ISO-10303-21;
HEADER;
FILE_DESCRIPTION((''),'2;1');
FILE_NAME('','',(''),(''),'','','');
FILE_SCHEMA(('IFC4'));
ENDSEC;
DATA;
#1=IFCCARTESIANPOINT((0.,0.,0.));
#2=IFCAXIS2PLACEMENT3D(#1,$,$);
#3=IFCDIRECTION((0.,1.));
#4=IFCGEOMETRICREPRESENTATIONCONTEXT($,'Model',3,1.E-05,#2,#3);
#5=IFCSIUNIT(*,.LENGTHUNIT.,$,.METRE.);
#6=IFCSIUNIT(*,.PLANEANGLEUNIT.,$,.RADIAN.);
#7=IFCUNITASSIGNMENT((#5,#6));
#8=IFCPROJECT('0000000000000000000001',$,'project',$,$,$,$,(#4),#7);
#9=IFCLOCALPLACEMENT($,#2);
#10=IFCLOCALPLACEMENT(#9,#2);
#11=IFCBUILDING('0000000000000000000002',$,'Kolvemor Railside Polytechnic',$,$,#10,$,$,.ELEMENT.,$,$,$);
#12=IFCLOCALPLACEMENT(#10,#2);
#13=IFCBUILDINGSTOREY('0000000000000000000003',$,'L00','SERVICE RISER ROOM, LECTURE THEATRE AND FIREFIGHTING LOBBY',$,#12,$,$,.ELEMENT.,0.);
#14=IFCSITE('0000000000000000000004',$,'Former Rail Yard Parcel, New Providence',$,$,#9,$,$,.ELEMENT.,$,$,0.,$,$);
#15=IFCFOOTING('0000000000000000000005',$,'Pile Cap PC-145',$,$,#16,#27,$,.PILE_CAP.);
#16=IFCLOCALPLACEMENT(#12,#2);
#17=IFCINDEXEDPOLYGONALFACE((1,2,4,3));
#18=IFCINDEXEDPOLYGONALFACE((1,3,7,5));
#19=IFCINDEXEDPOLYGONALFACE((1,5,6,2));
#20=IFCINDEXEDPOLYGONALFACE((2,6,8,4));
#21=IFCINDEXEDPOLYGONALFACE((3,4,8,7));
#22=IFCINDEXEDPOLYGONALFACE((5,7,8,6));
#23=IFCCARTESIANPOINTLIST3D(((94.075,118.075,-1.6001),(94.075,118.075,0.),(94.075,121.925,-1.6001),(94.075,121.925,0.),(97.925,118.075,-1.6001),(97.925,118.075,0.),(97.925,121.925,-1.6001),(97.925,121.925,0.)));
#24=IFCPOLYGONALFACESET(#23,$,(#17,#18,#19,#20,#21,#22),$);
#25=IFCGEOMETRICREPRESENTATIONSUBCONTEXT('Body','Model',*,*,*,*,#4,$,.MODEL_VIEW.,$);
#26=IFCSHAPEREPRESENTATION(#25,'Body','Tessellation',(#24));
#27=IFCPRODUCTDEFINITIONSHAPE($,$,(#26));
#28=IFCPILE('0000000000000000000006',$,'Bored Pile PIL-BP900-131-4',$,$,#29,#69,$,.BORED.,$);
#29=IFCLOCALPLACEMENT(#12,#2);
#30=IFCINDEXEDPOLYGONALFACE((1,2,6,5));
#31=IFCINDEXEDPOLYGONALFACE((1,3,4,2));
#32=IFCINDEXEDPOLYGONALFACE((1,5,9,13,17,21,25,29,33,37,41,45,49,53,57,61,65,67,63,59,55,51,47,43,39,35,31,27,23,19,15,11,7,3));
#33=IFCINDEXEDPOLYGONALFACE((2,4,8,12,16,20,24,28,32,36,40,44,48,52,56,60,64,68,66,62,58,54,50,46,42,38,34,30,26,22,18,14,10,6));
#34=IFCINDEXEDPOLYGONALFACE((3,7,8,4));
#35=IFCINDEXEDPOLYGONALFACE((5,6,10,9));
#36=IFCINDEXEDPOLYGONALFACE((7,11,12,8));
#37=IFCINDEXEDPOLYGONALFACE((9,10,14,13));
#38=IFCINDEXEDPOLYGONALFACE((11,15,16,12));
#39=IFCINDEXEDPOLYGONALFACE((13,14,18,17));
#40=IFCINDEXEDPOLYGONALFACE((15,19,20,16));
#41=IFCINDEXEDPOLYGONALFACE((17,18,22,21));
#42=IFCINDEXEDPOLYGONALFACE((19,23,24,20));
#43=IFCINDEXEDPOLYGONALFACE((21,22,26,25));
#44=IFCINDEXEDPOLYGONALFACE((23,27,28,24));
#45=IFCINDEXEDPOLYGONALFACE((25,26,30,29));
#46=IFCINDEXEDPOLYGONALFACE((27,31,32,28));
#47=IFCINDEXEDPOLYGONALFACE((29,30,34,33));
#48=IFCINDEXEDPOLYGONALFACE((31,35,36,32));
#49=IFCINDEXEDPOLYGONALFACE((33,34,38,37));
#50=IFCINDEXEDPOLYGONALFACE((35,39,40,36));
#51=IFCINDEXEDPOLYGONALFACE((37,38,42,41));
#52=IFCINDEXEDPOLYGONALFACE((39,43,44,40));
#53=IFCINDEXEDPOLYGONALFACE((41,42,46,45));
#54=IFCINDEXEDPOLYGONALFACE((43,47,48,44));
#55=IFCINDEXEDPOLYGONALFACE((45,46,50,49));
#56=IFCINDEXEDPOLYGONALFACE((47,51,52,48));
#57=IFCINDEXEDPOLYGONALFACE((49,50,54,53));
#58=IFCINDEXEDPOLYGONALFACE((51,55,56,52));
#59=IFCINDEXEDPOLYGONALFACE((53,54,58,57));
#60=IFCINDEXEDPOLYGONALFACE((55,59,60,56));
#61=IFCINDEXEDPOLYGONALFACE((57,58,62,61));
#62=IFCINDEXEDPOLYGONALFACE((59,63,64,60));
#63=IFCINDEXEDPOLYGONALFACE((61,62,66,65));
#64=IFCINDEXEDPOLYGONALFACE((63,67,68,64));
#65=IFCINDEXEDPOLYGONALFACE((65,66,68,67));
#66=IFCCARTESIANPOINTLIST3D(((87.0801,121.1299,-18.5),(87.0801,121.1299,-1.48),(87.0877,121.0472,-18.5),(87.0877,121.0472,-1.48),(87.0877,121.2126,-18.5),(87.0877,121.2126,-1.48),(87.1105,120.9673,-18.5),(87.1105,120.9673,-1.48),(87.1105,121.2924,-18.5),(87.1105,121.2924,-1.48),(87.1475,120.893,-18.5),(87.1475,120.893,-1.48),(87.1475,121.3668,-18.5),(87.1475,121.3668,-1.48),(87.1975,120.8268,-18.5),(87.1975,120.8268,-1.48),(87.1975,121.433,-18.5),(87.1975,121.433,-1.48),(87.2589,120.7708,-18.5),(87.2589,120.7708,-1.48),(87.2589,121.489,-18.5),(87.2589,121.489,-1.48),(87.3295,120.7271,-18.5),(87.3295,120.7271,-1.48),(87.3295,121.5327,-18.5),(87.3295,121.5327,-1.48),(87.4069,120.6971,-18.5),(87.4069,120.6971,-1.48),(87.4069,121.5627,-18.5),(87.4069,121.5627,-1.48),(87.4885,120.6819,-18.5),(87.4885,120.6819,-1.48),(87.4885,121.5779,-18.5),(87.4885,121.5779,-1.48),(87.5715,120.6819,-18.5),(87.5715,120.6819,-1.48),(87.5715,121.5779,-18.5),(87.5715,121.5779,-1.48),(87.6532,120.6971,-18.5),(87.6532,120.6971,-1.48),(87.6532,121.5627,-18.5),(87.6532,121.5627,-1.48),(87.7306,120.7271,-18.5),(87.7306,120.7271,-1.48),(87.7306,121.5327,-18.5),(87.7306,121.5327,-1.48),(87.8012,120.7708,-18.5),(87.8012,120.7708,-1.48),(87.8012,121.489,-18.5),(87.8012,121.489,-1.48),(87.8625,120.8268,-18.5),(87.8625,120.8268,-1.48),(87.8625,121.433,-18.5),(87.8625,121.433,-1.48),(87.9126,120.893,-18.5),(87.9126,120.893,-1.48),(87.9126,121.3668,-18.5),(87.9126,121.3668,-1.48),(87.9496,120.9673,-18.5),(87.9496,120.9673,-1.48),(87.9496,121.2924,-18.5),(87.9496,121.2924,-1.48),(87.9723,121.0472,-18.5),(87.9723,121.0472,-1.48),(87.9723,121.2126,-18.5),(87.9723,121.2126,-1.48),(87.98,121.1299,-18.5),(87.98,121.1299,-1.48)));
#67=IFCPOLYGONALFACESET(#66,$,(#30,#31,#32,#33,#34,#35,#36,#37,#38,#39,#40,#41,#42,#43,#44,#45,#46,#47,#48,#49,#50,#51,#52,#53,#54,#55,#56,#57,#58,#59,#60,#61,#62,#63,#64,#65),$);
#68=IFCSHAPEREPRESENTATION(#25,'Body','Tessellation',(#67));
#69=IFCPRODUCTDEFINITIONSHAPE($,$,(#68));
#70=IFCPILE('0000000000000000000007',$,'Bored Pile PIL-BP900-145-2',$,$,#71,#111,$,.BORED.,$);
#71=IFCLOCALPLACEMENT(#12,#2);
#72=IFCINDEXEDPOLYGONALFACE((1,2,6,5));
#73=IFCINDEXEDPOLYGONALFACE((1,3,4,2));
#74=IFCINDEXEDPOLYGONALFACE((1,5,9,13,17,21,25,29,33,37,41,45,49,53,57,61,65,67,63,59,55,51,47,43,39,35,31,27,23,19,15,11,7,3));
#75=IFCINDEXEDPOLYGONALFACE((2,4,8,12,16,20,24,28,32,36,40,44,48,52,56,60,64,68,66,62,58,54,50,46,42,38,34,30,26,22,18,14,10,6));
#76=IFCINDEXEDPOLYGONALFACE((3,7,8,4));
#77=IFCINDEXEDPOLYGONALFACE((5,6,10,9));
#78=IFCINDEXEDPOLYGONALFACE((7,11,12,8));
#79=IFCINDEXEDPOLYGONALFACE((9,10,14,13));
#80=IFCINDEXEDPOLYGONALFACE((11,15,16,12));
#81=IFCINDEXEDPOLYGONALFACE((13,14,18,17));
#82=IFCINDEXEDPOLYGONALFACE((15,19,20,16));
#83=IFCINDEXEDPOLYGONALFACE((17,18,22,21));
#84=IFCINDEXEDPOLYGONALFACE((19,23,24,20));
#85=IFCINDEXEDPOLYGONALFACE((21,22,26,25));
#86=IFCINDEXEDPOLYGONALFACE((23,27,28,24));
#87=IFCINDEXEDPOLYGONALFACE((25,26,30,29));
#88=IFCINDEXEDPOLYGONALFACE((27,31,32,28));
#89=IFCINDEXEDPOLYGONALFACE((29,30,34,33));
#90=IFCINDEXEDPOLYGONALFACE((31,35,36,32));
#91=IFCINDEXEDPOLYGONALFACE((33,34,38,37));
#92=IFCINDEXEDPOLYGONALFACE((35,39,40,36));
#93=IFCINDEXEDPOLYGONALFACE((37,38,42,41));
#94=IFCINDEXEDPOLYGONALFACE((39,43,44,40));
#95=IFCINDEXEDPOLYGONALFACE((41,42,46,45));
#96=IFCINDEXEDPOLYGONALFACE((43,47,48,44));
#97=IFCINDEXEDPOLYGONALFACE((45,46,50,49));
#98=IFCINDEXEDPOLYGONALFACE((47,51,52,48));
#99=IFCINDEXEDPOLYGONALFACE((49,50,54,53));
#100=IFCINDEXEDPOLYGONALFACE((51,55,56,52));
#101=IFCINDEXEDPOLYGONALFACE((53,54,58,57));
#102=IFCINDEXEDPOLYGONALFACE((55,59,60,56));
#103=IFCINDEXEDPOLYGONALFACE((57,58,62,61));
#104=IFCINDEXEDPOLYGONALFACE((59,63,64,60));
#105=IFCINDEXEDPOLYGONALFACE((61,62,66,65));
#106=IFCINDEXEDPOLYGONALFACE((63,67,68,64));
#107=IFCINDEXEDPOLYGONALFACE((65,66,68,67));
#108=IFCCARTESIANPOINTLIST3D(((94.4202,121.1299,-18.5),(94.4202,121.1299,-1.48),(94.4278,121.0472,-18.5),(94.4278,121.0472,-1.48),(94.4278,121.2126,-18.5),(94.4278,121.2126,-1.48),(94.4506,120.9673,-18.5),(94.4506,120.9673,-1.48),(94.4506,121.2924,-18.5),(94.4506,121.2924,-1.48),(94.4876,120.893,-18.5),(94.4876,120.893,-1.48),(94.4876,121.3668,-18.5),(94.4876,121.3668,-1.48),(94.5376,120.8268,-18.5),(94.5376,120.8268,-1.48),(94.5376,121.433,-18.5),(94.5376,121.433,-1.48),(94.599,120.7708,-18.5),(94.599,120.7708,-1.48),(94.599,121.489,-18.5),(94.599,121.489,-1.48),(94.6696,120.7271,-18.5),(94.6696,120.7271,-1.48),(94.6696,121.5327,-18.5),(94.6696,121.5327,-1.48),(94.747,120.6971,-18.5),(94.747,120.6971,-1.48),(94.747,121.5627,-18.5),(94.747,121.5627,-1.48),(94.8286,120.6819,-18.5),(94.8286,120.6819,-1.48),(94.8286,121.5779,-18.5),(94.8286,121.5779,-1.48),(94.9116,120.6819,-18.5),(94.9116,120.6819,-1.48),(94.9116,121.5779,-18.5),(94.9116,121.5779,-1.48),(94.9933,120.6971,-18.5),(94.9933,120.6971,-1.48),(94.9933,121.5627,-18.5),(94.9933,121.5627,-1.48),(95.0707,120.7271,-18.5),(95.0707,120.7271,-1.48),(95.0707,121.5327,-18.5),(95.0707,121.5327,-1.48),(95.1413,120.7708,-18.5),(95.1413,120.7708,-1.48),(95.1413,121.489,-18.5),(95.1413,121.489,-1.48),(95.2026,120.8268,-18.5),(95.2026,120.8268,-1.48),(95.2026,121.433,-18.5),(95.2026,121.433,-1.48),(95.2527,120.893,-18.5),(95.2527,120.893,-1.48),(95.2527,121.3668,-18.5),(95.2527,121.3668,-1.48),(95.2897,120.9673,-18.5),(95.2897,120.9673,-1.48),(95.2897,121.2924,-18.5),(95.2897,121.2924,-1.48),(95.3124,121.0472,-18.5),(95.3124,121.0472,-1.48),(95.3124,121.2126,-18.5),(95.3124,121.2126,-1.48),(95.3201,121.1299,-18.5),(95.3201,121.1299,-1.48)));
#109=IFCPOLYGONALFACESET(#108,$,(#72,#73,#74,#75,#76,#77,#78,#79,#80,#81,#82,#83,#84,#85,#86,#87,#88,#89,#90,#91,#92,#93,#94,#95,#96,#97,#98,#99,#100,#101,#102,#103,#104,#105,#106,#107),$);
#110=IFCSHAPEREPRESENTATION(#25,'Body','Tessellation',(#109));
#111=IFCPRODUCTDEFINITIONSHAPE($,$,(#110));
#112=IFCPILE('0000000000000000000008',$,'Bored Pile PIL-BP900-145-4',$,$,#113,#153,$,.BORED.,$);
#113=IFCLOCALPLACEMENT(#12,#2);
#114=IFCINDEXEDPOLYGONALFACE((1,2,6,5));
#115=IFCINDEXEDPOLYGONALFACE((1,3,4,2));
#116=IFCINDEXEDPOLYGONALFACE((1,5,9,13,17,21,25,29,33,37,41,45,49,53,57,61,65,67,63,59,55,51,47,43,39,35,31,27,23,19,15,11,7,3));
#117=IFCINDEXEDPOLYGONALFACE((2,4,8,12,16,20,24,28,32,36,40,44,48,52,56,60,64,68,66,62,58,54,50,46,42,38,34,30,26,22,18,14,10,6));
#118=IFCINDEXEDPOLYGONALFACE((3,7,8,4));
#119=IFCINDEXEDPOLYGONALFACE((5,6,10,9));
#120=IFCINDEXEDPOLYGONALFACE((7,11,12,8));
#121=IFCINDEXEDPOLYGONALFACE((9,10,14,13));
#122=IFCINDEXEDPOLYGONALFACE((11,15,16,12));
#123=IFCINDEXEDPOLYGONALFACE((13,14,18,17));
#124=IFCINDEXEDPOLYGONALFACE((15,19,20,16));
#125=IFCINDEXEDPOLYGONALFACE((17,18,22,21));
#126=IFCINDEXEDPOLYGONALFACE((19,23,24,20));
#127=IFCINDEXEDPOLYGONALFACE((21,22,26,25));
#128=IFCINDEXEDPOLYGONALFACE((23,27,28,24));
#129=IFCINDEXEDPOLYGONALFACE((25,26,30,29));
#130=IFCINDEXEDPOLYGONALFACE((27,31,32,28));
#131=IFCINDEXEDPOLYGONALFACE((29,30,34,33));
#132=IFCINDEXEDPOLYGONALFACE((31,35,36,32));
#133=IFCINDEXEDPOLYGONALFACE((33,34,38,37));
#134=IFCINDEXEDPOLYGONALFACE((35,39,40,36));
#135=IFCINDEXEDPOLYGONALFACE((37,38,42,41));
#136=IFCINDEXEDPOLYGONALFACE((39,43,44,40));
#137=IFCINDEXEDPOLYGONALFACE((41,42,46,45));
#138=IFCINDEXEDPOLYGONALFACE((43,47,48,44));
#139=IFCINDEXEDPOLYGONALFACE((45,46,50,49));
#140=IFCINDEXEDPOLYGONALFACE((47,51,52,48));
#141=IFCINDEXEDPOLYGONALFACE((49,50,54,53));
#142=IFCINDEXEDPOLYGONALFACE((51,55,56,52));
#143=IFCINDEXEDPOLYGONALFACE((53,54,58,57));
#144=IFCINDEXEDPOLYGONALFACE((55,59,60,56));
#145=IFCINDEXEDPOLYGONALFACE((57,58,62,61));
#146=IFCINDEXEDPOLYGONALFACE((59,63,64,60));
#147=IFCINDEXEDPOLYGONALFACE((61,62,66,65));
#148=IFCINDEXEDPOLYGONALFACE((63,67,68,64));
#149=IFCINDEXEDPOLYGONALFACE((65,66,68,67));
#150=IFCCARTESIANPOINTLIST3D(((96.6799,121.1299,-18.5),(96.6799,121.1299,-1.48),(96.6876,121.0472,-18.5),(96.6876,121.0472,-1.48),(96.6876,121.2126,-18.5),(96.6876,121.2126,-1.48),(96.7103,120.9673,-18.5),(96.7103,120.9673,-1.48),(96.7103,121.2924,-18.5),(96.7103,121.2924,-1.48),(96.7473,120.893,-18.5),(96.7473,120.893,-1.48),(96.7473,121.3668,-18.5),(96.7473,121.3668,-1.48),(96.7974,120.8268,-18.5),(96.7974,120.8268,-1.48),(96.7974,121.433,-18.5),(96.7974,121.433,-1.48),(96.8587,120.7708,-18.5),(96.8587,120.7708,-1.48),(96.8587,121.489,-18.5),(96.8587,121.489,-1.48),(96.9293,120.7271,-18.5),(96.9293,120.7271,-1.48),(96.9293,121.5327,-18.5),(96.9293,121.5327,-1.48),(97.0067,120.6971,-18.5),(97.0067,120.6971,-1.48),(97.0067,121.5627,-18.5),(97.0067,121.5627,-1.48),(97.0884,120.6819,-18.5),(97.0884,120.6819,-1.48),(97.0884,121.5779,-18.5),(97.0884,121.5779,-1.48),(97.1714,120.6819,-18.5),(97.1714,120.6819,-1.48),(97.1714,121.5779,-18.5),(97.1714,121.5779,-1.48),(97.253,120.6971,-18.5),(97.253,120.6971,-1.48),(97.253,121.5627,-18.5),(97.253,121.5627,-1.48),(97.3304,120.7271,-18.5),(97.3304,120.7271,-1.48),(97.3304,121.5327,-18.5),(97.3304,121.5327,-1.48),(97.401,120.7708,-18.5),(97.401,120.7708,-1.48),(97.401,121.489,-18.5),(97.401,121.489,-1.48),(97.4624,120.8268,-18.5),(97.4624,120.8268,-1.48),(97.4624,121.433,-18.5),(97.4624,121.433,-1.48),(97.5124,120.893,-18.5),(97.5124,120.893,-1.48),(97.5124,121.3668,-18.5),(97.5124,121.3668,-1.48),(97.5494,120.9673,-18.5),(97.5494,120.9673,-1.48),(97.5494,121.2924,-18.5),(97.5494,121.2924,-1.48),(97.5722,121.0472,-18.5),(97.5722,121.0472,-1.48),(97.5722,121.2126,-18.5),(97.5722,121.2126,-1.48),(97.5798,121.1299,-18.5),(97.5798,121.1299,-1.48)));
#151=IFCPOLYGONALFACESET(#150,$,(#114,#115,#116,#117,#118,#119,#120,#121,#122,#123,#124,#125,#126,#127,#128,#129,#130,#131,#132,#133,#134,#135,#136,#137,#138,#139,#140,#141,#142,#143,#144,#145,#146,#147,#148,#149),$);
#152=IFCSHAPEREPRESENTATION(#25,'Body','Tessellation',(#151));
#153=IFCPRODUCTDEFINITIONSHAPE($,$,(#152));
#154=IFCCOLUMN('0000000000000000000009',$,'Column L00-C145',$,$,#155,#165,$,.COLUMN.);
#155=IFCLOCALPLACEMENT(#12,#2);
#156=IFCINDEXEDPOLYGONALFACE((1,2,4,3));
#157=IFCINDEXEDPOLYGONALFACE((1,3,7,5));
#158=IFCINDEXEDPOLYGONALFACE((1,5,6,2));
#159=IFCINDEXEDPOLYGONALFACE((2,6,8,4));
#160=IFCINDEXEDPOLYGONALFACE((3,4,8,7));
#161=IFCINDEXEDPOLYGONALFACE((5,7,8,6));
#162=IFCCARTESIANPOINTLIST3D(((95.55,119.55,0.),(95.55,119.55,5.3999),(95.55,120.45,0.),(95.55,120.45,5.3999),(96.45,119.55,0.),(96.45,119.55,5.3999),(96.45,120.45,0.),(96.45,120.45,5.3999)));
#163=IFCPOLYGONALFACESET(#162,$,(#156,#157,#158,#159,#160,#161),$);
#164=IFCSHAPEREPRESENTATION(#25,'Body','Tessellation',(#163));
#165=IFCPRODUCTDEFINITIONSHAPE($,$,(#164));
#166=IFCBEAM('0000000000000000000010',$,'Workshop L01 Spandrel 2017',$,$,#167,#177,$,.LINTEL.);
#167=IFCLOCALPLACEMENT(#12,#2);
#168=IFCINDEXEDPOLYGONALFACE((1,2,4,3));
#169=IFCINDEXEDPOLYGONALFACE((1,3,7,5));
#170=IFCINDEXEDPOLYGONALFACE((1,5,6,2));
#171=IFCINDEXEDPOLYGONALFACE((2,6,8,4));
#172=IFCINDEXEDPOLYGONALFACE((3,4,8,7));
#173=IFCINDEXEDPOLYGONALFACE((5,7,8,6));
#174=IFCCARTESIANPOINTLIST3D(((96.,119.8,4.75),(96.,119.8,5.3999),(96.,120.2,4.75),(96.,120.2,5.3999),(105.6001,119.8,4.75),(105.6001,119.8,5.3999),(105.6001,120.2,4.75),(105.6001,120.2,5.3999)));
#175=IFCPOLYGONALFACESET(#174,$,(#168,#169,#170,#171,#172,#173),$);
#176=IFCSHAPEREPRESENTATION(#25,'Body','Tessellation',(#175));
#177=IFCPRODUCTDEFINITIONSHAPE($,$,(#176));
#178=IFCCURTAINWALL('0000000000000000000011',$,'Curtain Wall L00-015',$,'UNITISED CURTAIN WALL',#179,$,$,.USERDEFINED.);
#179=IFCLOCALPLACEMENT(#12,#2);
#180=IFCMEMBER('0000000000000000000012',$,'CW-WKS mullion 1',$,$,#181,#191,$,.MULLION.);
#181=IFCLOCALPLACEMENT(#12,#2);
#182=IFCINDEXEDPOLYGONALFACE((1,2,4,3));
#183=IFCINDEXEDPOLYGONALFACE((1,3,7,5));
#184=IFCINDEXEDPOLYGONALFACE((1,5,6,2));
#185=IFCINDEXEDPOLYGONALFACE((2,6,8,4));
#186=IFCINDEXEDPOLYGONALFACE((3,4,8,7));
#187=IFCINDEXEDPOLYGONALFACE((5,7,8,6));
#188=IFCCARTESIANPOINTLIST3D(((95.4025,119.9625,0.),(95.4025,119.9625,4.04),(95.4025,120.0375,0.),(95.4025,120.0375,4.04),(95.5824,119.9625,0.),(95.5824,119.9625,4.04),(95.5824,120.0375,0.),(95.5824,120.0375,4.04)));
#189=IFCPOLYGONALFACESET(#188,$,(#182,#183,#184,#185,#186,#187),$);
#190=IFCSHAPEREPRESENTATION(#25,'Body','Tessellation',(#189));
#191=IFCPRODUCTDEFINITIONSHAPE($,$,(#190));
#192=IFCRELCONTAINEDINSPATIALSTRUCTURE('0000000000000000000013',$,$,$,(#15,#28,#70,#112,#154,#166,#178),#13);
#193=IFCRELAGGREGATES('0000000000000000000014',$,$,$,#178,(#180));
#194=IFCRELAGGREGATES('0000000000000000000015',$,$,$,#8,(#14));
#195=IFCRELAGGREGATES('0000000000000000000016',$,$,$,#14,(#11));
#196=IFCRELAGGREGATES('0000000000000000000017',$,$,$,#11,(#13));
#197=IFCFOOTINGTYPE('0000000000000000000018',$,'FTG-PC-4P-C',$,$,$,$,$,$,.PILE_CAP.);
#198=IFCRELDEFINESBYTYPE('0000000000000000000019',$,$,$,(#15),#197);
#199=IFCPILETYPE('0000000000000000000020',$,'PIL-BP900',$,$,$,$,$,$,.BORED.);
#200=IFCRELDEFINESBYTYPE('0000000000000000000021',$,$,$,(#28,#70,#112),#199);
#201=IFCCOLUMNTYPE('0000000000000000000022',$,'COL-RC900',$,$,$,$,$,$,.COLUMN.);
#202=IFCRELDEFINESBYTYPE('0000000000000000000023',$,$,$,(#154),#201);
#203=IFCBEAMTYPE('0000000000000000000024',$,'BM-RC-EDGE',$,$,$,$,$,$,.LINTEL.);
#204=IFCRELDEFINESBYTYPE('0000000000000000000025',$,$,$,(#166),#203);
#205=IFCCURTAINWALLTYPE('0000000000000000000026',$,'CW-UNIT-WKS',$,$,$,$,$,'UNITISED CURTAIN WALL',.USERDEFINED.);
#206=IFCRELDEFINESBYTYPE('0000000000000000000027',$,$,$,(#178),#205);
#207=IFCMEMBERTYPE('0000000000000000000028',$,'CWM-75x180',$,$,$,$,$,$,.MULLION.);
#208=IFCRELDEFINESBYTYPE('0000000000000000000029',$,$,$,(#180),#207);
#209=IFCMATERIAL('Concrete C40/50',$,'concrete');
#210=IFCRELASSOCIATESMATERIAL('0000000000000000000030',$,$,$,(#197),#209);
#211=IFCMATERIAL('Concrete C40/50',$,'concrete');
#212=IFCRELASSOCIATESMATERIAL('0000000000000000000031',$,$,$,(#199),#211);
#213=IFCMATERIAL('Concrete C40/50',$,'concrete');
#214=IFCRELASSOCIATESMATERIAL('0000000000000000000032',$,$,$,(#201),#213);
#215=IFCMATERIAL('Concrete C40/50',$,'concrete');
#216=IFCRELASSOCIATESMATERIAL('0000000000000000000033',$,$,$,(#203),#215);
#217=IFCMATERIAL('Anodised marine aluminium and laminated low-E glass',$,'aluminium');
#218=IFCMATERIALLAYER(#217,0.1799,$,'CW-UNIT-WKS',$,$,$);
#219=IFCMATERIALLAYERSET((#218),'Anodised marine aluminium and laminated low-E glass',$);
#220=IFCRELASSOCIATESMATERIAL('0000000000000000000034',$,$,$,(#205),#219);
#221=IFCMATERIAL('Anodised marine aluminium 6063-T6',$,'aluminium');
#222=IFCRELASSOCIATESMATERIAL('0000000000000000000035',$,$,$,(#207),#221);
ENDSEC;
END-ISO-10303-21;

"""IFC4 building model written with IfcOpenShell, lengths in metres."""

from ifc_helpers import new_model, si_unit, direction, frame, origin, origin_2d, place, context, subcontext, project, spatial, rectangle, circle, extrude, material, layer, layer_set, material_profile, profile_set, type_object, element, aggregate, save


model = new_model("IFC4")

# Units and contexts
model_context = context("Model", 3, precision=1e-05, world=origin(), true_north=direction((0.0, 1.0)))
body_context = subcontext(model_context, "Body", "Model", "MODEL_VIEW")
ifc_project = project(units=[si_unit("LENGTHUNIT", "METRE"), si_unit("PLANEANGLEUNIT", "RADIAN")], contexts=[model_context])

# Site, building, storey
site_placement = place(None, origin())
site = spatial("IfcSite", under=ifc_project, at=site_placement, Name="Former Rail Yard Parcel, New Providence", CompositionType="ELEMENT", RefElevation=0.0)
building_placement = place(site_placement, origin())
building = spatial("IfcBuilding", under=site, at=building_placement, Name="Kolvemor Railside Polytechnic", CompositionType="ELEMENT")
storey_placement = place(building_placement, origin())
storey = spatial("IfcBuildingStorey", under=building, at=storey_placement, Name="L00", Description="SERVICE RISER ROOM, LECTURE THEATRE AND FIREFIGHTING LOBBY", CompositionType="ELEMENT", Elevation=0.0)

# Footing
ifc_material_1 = material(Name="Concrete C40/50", Category="concrete")
footing_type = type_object("IfcFootingType", Name="FTG-PC-4P-C", PredefinedType="PILE_CAP", material=ifc_material_1)
footing_placement = place(storey_placement, frame((96.0, 120.0, -1.6001), z_axis=(0.0, 0.0, 1.0), x_axis=(1.0, 0.0, 0.0)))
element("IfcFooting", 1, at=footing_placement, inside=storey, type_object=footing_type, Name="Pile Cap PC-145", PredefinedType="PILE_CAP", context=body_context, shape_type="SweptSolid", body=[
    extrude(rectangle(XDim=3.8501, YDim=3.8501, at=origin_2d()), origin(), (0.0, 0.0, 1.0), 1.6001),
])

# Piles
ifc_material_2 = material(Name="Concrete C40/50", Category="concrete")
ifc_material_profile_1 = material_profile(ifc_material_2, circle(Radius=0.45, at=origin_2d()), Name="BP900")
ifc_profile_set_1 = profile_set([ifc_material_profile_1], Name="Concrete C40/50")
pile_type = type_object("IfcPileType", Name="PIL-BP900", PredefinedType="BORED", material=ifc_profile_set_1)
for number, where, z_axis, x_axis, name in (
    (2, (87.53, 121.1299, -1.48), (0.0, 0.0, -1.0), (1.0, 0.0, 0.0), "Bored Pile PIL-BP900-131-4"),
    (3, (94.8701, 121.1299, -1.48), (0.0, 0.0, -1.0), (1.0, 0.0, 0.0), "Bored Pile PIL-BP900-145-2"),
    (4, (97.1299, 121.1299, -1.48), (0.0, 0.0, -1.0), (1.0, 0.0, 0.0), "Bored Pile PIL-BP900-145-4"),
):
    element("IfcPile", number, at=place(storey_placement, frame(where, z_axis=z_axis, x_axis=x_axis)), inside=storey, type_object=pile_type, Name=name, PredefinedType="BORED", context=body_context, shape_type="SweptSolid", body=[
        extrude(circle(Radius=0.45, at=origin_2d()), origin(), (0.0, 0.0, 1.0), 17.02),
    ])

# Column
ifc_material_3 = material(Name="Concrete C40/50", Category="concrete")
ifc_material_profile_2 = material_profile(ifc_material_3, rectangle(XDim=0.8999, YDim=0.8999, at=origin_2d()), Name="RC900x900")
ifc_profile_set_2 = profile_set([ifc_material_profile_2], Name="Concrete C40/50")
column_type = type_object("IfcColumnType", Name="COL-RC900", PredefinedType="COLUMN", material=ifc_profile_set_2)
column_placement = place(storey_placement, frame((96.0, 120.0, 0.0), z_axis=(0.0, 0.0, 1.0), x_axis=(1.0, 0.0, 0.0)))
element("IfcColumn", 5, at=column_placement, inside=storey, type_object=column_type, Name="Column L00-C145", PredefinedType="COLUMN", context=body_context, shape_type="SweptSolid", body=[
    extrude(rectangle(XDim=0.8999, YDim=0.8999, at=origin_2d()), origin(), (0.0, 0.0, 1.0), 5.3999),
])

# Beam
ifc_material_4 = material(Name="Concrete C40/50", Category="concrete")
ifc_material_profile_3 = material_profile(ifc_material_4, rectangle(XDim=0.3999, YDim=0.6499, at=origin_2d()), Name="RC400x650")
ifc_profile_set_3 = profile_set([ifc_material_profile_3], Name="Concrete C40/50")
beam_type = type_object("IfcBeamType", Name="BM-RC-EDGE", PredefinedType="LINTEL", material=ifc_profile_set_3)
beam_placement = place(storey_placement, frame((96.0, 120.0, 5.075), z_axis=(1.0, 0.0, 0.0), x_axis=(0.0, 1.0, 0.0)))
element("IfcBeam", 6, at=beam_placement, inside=storey, type_object=beam_type, Name="Workshop L01 Spandrel 2017", PredefinedType="LINTEL", context=body_context, shape_type="SweptSolid", body=[
    extrude(rectangle(XDim=0.3999, YDim=0.6499, at=origin_2d()), origin(), (0.0, 0.0, 1.0), 9.6001),
])

# Curtain wall, member
ifc_material_5 = material(Name="Anodised marine aluminium and laminated low-E glass", Category="aluminium")
ifc_layer_1 = layer(ifc_material_5, 0.1799, Name="CW-UNIT-WKS")
ifc_layer_set_1 = layer_set([ifc_layer_1], Name="Anodised marine aluminium and laminated low-E glass")
curtain_wall_type = type_object("IfcCurtainWallType", Name="CW-UNIT-WKS", ElementType="UNITISED CURTAIN WALL", PredefinedType="USERDEFINED", material=ifc_layer_set_1)
curtain_wall_placement = place(storey_placement, origin())
curtain_wall = element("IfcCurtainWall", 7, at=curtain_wall_placement, inside=storey, type_object=curtain_wall_type, Name="Curtain Wall L00-015", ObjectType="UNITISED CURTAIN WALL", PredefinedType="USERDEFINED")
ifc_material_6 = material(Name="Anodised marine aluminium 6063-T6", Category="aluminium")
ifc_material_profile_4 = material_profile(ifc_material_6, rectangle(XDim=0.075, YDim=0.1799, at=origin_2d()), Name="CW-MUL-75x180")
ifc_profile_set_4 = profile_set([ifc_material_profile_4], Name="Anodised marine aluminium 6063-T6")
member_type_1 = type_object("IfcMemberType", Name="CWM-75x180", PredefinedType="MULLION", material=ifc_profile_set_4)
member_1_placement = place(storey_placement, frame((95.4924, 120.0, 0.0), z_axis=(0.0, 0.0, 1.0), x_axis=(0.0, -1.0, 0.0)))
member_1 = element("IfcMember", 8, at=member_1_placement, type_object=member_type_1, Name="CW-WKS mullion 1", PredefinedType="MULLION", context=body_context, shape_type="SweptSolid", body=[
    extrude(rectangle(XDim=0.075, YDim=0.1799, at=origin_2d()), origin(), (0.0, 0.0, 1.0), 4.04),
])
aggregate(curtain_wall, [member_1])

save(model, "model.ifc")
